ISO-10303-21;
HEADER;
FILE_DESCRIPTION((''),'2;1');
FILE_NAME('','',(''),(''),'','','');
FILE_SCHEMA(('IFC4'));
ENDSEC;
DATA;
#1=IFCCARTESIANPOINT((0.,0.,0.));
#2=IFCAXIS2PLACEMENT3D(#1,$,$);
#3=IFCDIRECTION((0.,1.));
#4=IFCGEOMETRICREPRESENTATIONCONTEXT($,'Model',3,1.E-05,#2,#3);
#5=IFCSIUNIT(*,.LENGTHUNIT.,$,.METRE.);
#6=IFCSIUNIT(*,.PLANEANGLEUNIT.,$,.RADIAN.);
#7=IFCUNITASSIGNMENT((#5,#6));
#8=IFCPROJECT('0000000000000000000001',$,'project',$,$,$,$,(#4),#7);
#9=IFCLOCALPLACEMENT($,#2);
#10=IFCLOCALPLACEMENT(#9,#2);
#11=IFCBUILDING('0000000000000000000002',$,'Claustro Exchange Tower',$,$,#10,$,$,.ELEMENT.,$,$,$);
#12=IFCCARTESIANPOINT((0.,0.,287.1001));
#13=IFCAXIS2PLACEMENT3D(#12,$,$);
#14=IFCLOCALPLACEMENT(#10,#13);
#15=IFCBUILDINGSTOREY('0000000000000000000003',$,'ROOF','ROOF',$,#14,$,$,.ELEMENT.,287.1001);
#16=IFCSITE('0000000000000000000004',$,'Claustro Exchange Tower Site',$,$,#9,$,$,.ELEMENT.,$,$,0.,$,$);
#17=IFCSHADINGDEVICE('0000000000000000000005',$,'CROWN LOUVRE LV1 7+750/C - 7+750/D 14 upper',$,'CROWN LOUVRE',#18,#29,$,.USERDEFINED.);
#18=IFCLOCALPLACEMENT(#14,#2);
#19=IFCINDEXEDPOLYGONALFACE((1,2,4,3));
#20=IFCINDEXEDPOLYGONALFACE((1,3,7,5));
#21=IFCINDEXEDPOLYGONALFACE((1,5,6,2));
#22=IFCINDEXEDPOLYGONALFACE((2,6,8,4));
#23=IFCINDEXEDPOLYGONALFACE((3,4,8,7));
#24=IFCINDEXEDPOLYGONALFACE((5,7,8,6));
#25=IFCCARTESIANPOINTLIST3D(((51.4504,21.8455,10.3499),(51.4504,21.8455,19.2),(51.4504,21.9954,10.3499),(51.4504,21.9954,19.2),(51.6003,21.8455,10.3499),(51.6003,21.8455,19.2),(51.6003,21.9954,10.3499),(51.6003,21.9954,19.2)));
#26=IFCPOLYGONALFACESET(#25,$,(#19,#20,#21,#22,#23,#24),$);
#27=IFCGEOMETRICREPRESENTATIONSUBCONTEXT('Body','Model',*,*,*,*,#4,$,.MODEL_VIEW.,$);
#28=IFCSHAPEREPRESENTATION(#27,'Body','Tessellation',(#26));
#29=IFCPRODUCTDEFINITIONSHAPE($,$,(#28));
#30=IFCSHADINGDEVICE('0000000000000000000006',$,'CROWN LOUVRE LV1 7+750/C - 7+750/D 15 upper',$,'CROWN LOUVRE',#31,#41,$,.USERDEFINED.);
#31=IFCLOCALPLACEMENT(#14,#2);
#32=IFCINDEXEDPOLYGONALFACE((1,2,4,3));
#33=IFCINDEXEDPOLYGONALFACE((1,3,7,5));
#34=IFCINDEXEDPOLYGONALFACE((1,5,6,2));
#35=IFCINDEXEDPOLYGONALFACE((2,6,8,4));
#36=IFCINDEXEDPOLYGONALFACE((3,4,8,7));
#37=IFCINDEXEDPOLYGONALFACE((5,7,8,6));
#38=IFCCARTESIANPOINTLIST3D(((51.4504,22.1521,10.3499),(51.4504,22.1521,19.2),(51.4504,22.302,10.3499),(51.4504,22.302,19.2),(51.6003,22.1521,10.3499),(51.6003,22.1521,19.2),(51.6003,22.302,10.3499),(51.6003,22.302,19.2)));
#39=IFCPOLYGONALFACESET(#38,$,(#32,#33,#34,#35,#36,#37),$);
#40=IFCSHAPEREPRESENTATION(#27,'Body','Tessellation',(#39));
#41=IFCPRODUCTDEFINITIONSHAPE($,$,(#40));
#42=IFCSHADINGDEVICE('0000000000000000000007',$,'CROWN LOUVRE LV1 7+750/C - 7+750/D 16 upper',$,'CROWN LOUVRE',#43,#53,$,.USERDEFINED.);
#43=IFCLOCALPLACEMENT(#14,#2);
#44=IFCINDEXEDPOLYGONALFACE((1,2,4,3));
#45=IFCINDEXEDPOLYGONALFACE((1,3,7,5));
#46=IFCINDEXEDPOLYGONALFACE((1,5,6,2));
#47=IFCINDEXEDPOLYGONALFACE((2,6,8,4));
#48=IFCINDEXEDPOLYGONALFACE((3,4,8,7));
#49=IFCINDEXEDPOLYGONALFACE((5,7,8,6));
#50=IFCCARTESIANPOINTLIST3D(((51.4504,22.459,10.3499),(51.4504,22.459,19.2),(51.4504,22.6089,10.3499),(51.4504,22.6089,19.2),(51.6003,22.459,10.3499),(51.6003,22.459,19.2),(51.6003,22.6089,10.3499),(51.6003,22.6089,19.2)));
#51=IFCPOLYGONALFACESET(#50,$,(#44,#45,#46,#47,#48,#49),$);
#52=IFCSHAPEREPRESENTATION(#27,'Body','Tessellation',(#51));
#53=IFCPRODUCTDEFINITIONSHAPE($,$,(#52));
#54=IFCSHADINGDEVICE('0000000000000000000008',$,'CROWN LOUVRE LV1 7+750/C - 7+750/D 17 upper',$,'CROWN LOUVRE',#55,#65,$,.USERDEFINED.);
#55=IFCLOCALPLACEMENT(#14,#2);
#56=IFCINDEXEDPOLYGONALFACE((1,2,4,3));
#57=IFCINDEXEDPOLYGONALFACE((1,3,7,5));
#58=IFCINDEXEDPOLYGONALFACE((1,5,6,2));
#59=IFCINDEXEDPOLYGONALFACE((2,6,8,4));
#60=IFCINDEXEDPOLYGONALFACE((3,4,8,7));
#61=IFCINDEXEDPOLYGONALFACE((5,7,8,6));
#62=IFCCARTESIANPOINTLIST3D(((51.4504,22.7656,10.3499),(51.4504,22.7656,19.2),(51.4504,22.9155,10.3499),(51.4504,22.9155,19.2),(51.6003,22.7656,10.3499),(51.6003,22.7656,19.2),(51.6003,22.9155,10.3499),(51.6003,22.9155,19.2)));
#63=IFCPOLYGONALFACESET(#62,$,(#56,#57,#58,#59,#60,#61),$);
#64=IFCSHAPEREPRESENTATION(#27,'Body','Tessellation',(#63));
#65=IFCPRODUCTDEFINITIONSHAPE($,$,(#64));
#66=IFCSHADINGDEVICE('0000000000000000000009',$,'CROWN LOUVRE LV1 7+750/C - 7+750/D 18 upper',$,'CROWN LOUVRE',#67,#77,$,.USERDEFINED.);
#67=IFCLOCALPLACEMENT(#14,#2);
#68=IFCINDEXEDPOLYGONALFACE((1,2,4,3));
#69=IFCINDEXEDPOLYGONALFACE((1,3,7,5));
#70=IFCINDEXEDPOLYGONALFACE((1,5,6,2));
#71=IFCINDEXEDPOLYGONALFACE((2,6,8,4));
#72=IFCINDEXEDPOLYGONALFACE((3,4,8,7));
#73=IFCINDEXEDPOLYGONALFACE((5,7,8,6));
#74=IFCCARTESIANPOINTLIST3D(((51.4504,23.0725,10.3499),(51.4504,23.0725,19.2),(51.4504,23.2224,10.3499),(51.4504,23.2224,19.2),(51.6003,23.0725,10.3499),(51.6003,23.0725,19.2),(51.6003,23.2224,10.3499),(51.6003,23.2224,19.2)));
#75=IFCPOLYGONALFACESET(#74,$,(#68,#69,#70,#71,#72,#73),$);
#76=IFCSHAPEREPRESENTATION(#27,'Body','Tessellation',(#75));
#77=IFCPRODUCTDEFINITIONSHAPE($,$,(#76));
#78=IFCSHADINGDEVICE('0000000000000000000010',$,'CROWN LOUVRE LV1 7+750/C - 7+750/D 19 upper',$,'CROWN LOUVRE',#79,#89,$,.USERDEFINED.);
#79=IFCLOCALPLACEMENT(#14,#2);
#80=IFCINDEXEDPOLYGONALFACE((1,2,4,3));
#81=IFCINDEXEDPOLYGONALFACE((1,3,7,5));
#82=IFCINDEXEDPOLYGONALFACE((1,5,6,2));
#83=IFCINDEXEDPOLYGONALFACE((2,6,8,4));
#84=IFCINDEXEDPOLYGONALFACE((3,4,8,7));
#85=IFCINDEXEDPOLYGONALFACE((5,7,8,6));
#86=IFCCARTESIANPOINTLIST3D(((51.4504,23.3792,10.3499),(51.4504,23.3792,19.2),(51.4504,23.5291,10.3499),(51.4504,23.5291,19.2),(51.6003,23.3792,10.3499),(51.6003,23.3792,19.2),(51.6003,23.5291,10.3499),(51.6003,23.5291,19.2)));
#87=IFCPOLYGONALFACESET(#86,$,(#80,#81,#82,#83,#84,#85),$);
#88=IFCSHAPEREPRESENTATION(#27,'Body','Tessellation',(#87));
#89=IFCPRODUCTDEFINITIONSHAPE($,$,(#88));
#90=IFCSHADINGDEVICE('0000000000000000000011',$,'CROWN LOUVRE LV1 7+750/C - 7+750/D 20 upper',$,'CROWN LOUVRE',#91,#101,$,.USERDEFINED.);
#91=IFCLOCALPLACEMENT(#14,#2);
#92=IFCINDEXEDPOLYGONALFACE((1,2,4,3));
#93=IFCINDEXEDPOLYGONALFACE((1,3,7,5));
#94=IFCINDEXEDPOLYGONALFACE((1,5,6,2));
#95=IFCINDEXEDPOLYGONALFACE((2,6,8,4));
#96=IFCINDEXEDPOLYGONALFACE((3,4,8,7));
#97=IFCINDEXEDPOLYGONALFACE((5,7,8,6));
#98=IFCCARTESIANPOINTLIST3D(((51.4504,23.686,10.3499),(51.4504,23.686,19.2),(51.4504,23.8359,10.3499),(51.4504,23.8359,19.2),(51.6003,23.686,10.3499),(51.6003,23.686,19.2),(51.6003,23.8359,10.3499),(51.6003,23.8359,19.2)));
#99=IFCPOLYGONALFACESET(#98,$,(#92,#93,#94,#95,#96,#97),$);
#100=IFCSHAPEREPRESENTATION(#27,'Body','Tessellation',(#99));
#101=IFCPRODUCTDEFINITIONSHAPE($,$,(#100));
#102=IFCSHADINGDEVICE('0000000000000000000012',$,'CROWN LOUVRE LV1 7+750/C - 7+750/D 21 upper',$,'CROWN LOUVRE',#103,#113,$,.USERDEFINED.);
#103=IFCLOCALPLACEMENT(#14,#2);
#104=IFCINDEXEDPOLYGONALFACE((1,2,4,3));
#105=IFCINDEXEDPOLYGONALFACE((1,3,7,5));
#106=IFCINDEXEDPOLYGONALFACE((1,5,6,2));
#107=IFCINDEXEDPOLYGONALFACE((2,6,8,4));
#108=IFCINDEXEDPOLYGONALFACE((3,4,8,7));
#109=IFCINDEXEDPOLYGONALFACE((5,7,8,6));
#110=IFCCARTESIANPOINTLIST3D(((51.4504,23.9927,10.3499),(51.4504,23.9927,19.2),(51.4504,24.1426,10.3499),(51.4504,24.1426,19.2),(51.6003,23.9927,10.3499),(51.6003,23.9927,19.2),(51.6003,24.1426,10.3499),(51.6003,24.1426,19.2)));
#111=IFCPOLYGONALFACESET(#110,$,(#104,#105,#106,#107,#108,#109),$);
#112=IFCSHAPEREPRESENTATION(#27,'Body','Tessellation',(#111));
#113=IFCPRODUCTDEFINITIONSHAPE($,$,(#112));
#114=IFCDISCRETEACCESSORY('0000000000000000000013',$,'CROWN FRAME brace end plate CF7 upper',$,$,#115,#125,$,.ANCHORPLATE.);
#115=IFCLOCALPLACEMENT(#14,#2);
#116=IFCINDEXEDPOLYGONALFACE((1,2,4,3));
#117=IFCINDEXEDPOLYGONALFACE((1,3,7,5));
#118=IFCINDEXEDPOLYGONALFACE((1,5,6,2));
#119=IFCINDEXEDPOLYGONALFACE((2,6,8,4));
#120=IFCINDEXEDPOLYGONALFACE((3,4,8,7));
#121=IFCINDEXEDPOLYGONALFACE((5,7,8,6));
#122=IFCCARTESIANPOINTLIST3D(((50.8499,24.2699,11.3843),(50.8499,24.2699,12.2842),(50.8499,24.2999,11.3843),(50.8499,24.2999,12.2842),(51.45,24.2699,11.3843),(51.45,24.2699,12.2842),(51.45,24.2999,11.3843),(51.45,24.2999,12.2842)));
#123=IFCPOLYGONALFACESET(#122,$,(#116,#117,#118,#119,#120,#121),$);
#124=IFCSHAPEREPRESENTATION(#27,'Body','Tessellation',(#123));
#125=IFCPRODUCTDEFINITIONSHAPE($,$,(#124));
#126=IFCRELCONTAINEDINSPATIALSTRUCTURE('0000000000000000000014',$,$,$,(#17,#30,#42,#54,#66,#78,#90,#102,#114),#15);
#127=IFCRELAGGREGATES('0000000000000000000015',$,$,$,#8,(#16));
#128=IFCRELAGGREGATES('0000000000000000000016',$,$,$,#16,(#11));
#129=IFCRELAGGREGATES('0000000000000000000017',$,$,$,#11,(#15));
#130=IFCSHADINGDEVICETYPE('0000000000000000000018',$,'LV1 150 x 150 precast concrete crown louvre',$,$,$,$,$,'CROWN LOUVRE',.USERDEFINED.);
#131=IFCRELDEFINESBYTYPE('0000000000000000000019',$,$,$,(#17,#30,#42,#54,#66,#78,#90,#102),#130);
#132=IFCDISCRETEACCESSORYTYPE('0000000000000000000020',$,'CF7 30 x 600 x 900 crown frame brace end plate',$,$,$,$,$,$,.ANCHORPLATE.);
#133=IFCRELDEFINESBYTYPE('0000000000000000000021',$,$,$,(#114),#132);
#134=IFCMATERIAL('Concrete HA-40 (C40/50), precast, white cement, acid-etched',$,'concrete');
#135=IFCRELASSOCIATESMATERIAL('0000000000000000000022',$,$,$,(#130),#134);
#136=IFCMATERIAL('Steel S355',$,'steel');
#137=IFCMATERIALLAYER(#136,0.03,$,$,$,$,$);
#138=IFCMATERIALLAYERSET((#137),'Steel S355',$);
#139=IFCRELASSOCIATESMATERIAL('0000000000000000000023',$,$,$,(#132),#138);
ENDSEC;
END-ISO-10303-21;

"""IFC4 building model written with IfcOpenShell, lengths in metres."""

from ifc_helpers import new_model, si_unit, direction, frame, origin, origin_2d, place, context, subcontext, project, spatial, rectangle, extrude, material, layer, layer_set, type_object, element, save


model = new_model("IFC4")

# Units and contexts
model_context = context("Model", 3, precision=1e-05, world=origin(), true_north=direction((0.0, 1.0)))
body_context = subcontext(model_context, "Body", "Model", "MODEL_VIEW")
ifc_project = project(units=[si_unit("LENGTHUNIT", "METRE"), si_unit("PLANEANGLEUNIT", "RADIAN")], contexts=[model_context])

# Site, building, storey
site_placement = place(None, origin())
site = spatial("IfcSite", under=ifc_project, at=site_placement, Name="Claustro Exchange Tower Site", CompositionType="ELEMENT", RefElevation=0.0)
building_placement = place(site_placement, origin())
building = spatial("IfcBuilding", under=site, at=building_placement, Name="Claustro Exchange Tower", CompositionType="ELEMENT")
storey_placement = place(building_placement, frame((0.0, 0.0, 287.1001)))
storey = spatial("IfcBuildingStorey", under=building, at=storey_placement, Name="ROOF", Description="ROOF", CompositionType="ELEMENT", Elevation=287.1001)

# Shading devices
ifc_material_1 = material(Name="Concrete HA-40 (C40/50), precast, white cement, acid-etched", Category="concrete")
shading_device_type = type_object("IfcShadingDeviceType", Name="LV1 150 x 150 precast concrete crown louvre", ElementType="CROWN LOUVRE", PredefinedType="USERDEFINED", material=ifc_material_1)
for number, where, z_axis, x_axis, name in (
    (1, (51.5254, 21.9204, 10.3499), (0.0, 0.0, 1.0), (0.0, 1.0, 0.0), "CROWN LOUVRE LV1 7+750/C - 7+750/D 14 upper"),
    (2, (51.5254, 22.2271, 10.3499), (0.0, 0.0, 1.0), (0.0, 1.0, 0.0), "CROWN LOUVRE LV1 7+750/C - 7+750/D 15 upper"),
    (3, (51.5254, 22.5339, 10.3499), (0.0, 0.0, 1.0), (0.0, 1.0, 0.0), "CROWN LOUVRE LV1 7+750/C - 7+750/D 16 upper"),
    (4, (51.5254, 22.8406, 10.3499), (0.0, 0.0, 1.0), (0.0, 1.0, 0.0), "CROWN LOUVRE LV1 7+750/C - 7+750/D 17 upper"),
    (5, (51.5254, 23.1475, 10.3499), (0.0, 0.0, 1.0), (0.0, 1.0, 0.0), "CROWN LOUVRE LV1 7+750/C - 7+750/D 18 upper"),
    (6, (51.5254, 23.4541, 10.3499), (0.0, 0.0, 1.0), (0.0, 1.0, 0.0), "CROWN LOUVRE LV1 7+750/C - 7+750/D 19 upper"),
    (7, (51.5254, 23.761, 10.3499), (0.0, 0.0, 1.0), (0.0, 1.0, 0.0), "CROWN LOUVRE LV1 7+750/C - 7+750/D 20 upper"),
    (8, (51.5254, 24.0676, 10.3499), (0.0, 0.0, 1.0), (0.0, 1.0, 0.0), "CROWN LOUVRE LV1 7+750/C - 7+750/D 21 upper"),
):
    element("IfcShadingDevice", number, at=place(storey_placement, frame(where, z_axis=z_axis, x_axis=x_axis)), inside=storey, type_object=shading_device_type, Name=name, ObjectType="CROWN LOUVRE", PredefinedType="USERDEFINED", context=body_context, shape_type="SweptSolid", body=[
        extrude(rectangle(XDim=0.1499, YDim=0.1499, at=origin_2d()), origin(), (0.0, 0.0, 1.0), 8.8501),
    ])

# Discrete accessory
ifc_material_2 = material(Name="Steel S355", Category="steel")
ifc_layer_1 = layer(ifc_material_2, 0.03)
ifc_layer_set_1 = layer_set([ifc_layer_1], Name="Steel S355")
discrete_accessory_type = type_object("IfcDiscreteAccessoryType", Name="CF7 30 x 600 x 900 crown frame brace end plate", PredefinedType="ANCHORPLATE", material=ifc_layer_set_1)
discrete_accessory_placement = place(storey_placement, frame((51.1499, 24.2849, 11.3843), z_axis=(0.0, 0.0, 1.0), x_axis=(0.0, -1.0, 0.0)))
element("IfcDiscreteAccessory", 9, at=discrete_accessory_placement, inside=storey, type_object=discrete_accessory_type, Name="CROWN FRAME brace end plate CF7 upper", PredefinedType="ANCHORPLATE", context=body_context, shape_type="SweptSolid", body=[
    extrude(rectangle(XDim=0.03, YDim=0.6001, at=origin_2d()), origin(), (0.0, 0.0, 1.0), 0.8999),
])

save(model, "model.ifc")
